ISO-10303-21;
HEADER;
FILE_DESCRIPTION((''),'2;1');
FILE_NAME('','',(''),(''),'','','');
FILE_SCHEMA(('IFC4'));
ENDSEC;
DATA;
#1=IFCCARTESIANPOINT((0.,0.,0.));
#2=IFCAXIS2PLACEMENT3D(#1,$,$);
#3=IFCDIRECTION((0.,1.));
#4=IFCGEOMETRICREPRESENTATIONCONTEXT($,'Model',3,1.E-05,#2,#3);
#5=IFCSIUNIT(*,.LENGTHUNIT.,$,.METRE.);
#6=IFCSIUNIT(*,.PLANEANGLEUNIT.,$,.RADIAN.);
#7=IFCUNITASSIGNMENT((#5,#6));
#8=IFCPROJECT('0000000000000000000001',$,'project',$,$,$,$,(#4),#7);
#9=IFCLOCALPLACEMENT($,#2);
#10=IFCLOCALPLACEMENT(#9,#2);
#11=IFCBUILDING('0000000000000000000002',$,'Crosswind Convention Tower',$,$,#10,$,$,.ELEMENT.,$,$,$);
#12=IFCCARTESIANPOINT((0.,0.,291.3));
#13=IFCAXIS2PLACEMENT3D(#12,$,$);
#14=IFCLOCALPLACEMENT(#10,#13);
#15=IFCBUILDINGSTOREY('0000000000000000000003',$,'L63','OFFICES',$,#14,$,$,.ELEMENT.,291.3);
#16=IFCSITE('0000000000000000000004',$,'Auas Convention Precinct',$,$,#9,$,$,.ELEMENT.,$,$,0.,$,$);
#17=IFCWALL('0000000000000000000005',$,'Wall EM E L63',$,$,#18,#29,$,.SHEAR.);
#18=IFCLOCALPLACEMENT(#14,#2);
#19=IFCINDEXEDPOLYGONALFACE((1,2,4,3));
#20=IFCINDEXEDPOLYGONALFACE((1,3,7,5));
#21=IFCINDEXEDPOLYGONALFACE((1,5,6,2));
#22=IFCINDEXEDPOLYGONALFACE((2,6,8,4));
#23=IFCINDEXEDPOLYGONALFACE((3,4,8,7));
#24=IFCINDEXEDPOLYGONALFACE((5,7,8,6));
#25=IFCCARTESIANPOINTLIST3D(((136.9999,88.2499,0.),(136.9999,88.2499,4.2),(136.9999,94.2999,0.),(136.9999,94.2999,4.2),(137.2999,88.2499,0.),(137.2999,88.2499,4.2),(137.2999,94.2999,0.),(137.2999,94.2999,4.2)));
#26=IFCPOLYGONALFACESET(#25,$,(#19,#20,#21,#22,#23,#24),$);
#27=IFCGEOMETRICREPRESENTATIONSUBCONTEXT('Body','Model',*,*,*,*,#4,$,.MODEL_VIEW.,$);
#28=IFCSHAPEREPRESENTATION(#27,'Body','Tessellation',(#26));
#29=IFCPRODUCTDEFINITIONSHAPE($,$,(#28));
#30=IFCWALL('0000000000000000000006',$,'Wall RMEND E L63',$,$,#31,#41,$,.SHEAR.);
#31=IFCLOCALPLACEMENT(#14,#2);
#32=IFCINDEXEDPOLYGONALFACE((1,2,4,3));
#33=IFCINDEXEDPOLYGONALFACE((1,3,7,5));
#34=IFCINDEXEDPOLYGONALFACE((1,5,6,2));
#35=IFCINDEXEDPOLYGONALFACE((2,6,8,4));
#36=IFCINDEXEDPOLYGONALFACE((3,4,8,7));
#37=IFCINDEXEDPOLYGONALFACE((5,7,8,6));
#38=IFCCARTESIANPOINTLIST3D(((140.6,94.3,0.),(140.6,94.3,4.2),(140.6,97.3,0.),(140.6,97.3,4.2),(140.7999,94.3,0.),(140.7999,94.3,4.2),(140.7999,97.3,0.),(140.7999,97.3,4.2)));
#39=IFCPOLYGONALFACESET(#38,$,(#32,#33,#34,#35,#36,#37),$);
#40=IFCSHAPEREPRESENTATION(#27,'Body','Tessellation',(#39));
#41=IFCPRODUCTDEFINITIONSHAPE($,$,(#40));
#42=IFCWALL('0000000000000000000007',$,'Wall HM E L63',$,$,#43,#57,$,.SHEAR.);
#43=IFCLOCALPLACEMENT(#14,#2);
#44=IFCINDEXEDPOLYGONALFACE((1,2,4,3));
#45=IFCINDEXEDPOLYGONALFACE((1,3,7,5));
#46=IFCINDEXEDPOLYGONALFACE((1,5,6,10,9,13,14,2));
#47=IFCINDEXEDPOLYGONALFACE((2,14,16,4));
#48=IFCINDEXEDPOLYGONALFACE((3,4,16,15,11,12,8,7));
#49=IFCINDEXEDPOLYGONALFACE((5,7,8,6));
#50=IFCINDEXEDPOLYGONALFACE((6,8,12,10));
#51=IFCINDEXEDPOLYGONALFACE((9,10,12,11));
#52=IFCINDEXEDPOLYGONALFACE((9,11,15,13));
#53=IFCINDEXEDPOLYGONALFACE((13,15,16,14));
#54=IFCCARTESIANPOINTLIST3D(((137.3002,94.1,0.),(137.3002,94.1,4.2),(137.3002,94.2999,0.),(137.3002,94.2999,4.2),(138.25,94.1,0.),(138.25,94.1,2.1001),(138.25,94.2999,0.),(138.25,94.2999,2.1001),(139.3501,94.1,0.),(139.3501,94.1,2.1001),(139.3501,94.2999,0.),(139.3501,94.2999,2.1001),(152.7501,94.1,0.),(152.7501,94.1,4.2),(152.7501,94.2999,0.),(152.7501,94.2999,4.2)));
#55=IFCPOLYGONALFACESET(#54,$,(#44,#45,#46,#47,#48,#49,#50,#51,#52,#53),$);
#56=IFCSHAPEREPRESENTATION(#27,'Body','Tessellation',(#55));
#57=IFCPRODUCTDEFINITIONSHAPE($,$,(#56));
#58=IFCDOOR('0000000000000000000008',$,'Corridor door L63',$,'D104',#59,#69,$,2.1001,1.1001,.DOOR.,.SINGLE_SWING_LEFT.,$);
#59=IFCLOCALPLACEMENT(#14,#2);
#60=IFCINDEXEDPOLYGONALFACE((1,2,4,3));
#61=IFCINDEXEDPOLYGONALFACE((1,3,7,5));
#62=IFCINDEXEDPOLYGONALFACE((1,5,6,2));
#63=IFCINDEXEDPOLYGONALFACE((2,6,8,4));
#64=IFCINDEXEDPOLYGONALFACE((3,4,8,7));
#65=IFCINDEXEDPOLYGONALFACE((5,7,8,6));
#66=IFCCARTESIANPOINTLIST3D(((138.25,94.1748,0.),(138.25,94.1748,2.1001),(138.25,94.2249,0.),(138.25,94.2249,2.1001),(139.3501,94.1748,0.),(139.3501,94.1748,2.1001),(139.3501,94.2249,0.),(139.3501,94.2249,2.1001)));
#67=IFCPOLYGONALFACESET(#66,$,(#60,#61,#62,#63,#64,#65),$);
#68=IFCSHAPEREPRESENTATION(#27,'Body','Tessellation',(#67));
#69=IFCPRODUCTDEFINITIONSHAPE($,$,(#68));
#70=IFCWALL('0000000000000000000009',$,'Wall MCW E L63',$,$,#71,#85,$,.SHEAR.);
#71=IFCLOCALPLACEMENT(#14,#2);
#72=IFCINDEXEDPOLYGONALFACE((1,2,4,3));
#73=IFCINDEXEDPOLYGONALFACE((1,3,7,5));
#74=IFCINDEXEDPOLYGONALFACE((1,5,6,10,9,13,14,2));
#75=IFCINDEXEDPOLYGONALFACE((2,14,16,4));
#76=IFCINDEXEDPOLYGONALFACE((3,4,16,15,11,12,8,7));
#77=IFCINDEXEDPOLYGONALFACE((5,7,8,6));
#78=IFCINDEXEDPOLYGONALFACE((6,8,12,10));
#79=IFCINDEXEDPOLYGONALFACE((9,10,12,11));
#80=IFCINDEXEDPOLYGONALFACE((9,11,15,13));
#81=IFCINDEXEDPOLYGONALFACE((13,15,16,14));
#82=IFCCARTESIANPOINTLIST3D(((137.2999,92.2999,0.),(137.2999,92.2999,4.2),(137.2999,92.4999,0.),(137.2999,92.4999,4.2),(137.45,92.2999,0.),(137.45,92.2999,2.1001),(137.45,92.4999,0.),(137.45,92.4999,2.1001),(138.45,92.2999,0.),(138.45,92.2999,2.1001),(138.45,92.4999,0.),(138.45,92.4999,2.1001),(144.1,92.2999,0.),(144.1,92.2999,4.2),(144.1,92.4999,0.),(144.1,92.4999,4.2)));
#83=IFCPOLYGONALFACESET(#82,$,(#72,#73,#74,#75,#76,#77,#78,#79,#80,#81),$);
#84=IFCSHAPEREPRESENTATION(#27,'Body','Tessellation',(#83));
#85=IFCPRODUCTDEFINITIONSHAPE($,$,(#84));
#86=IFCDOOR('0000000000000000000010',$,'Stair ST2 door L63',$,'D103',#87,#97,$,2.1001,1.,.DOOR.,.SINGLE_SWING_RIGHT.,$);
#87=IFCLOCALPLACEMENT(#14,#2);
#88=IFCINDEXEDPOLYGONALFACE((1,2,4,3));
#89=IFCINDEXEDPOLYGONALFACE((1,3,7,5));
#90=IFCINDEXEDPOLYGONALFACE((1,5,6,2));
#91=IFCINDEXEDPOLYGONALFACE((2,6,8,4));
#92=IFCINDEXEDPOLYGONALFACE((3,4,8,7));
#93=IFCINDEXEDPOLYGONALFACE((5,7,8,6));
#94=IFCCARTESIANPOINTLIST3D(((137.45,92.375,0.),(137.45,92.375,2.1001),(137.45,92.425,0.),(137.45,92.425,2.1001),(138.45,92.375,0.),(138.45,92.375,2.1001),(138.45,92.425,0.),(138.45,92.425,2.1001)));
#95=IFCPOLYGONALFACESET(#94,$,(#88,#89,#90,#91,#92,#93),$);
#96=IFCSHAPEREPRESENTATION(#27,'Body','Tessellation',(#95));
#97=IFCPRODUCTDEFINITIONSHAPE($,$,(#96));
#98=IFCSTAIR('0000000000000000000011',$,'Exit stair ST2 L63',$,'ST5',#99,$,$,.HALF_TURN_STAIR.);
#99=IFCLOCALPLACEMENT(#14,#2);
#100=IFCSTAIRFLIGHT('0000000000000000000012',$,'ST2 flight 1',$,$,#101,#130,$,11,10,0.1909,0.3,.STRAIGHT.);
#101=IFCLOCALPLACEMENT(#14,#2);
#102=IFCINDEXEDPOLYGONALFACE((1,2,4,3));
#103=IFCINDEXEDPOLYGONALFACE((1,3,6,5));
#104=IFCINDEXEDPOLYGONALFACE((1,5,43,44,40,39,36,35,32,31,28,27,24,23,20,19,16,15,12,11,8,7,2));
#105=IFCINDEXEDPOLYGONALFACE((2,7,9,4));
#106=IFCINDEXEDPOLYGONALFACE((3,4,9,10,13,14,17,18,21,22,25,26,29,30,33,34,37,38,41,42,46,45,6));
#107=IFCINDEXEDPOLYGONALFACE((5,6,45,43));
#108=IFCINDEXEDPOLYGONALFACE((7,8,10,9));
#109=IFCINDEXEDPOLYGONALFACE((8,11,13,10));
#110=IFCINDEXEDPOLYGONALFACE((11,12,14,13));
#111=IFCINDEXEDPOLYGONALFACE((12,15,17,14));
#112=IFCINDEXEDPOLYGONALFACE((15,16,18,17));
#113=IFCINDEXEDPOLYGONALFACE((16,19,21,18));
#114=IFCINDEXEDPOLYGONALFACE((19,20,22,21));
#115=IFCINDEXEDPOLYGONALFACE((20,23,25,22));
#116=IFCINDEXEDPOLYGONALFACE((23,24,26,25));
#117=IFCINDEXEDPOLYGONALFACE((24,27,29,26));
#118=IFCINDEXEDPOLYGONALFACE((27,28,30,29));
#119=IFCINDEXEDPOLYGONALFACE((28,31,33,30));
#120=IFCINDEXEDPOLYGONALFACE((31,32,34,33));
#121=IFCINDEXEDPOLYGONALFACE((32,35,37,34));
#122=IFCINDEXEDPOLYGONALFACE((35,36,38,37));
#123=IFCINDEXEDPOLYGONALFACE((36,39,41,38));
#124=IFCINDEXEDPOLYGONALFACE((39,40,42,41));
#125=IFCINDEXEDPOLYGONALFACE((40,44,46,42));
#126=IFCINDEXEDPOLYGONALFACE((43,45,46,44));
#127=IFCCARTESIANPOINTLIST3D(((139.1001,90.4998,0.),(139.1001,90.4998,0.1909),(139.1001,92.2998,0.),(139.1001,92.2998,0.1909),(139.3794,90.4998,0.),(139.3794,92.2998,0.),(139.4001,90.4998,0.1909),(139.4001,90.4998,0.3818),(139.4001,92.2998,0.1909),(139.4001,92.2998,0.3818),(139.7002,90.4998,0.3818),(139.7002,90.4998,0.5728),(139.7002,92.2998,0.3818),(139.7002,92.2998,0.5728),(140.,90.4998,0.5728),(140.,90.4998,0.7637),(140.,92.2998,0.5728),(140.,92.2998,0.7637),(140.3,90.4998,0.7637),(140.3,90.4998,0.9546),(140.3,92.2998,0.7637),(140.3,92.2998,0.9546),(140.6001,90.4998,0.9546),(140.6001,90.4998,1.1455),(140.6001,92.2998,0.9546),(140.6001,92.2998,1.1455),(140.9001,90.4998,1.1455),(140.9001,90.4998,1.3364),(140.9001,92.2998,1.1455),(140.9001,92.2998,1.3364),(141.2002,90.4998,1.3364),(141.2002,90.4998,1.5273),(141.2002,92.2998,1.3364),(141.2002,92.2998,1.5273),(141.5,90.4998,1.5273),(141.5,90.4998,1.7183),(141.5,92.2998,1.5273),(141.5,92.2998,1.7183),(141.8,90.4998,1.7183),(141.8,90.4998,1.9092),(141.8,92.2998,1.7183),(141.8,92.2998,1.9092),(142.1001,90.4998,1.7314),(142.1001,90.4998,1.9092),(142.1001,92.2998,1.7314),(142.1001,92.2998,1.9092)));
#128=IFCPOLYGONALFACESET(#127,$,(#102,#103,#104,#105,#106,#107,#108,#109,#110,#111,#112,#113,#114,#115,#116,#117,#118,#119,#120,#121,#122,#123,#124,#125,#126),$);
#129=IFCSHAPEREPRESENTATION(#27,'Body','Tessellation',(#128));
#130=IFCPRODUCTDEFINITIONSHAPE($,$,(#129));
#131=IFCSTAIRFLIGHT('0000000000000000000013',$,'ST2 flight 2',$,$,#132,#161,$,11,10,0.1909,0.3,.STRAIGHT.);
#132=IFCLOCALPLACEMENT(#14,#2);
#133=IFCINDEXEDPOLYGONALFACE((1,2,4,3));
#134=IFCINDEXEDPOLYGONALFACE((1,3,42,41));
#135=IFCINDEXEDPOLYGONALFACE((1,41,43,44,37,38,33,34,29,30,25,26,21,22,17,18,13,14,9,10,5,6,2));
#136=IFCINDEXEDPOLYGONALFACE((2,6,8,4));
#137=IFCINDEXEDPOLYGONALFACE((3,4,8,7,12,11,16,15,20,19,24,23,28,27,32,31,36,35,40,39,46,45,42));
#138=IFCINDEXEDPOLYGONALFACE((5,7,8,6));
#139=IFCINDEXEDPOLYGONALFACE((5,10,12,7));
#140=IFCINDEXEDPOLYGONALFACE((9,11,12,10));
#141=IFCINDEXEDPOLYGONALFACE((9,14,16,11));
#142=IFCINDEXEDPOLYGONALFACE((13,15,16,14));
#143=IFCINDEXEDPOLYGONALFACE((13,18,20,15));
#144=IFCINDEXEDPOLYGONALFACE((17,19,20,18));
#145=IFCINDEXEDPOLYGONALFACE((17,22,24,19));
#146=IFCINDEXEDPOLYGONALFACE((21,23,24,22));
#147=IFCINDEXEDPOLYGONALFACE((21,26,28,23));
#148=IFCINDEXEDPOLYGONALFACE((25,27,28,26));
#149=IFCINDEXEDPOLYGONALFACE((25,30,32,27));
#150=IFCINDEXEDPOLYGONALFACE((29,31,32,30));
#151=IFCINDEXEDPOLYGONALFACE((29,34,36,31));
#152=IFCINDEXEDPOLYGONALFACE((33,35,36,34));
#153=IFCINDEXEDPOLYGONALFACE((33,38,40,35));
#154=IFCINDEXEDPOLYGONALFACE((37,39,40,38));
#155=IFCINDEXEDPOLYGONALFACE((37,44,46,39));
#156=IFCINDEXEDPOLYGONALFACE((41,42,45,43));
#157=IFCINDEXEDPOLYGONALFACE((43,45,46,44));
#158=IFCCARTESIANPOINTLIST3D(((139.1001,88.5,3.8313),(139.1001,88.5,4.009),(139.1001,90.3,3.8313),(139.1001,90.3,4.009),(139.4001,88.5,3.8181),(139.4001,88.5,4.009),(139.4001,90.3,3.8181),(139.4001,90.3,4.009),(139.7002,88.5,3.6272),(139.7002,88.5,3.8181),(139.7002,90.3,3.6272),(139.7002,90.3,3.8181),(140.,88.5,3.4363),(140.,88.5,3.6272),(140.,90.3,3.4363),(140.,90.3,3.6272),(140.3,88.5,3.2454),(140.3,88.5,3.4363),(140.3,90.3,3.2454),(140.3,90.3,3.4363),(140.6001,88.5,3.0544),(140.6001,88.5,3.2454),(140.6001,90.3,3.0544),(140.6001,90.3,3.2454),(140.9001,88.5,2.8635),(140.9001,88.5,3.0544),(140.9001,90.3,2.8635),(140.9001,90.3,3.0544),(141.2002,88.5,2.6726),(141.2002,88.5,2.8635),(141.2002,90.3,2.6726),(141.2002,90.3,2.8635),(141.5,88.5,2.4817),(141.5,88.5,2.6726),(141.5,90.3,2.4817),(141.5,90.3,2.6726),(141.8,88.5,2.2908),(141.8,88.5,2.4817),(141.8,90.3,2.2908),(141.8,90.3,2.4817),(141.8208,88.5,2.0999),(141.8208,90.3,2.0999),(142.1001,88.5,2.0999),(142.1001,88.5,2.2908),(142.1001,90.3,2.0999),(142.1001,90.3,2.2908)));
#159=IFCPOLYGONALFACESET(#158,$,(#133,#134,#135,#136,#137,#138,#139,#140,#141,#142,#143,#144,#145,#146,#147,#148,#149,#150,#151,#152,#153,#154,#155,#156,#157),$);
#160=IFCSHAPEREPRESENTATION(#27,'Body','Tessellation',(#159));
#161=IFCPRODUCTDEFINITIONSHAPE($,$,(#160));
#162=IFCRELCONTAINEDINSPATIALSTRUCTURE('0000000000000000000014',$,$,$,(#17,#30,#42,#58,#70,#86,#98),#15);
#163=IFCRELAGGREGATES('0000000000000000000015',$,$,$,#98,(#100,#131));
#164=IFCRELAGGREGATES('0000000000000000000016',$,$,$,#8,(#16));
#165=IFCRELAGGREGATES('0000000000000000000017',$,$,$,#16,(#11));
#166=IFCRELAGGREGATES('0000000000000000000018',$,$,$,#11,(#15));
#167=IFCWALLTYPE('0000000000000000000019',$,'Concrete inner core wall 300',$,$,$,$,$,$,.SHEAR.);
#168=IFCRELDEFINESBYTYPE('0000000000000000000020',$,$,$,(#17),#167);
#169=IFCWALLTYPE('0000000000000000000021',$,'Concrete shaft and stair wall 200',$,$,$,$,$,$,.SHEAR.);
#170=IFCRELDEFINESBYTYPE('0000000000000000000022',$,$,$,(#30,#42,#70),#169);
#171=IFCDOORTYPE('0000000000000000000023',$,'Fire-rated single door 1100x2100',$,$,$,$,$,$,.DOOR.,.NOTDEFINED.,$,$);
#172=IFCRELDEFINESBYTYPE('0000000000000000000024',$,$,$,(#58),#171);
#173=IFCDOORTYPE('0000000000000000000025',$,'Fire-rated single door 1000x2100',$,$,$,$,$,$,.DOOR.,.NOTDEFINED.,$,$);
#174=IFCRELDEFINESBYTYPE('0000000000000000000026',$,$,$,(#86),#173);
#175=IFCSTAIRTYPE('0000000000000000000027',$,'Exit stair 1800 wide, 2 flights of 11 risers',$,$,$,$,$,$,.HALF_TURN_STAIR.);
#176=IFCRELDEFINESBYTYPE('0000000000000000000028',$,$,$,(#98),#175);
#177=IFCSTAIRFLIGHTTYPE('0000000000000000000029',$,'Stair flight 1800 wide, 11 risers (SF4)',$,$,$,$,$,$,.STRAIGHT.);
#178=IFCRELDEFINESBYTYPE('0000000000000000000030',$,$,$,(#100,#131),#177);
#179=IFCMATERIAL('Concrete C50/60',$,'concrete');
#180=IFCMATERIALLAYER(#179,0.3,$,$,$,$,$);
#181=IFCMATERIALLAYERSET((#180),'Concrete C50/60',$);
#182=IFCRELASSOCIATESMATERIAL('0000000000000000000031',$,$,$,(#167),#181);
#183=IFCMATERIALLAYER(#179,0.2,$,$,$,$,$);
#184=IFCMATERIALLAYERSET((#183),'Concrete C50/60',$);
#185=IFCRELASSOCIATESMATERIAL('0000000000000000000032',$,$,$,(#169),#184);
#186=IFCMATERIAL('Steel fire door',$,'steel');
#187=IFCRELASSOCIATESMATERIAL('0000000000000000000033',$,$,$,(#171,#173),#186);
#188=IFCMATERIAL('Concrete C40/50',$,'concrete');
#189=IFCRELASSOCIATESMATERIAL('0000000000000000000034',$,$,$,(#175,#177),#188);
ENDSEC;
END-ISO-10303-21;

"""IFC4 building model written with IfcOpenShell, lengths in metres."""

from ifc_helpers import new_model, si_unit, direction, frame, frame_2d, origin, place, context, subcontext, project, spatial, polyline, rectangle, outline, extrude, material, layer, layer_set, type_object, element, fill, aggregate, save


model = new_model("IFC4")

# Units and contexts
model_context = context("Model", 3, precision=1e-05, world=origin(), true_north=direction((0.0, 1.0)))
body_context = subcontext(model_context, "Body", "Model", "MODEL_VIEW")
ifc_project = project(units=[si_unit("LENGTHUNIT", "METRE"), si_unit("PLANEANGLEUNIT", "RADIAN")], contexts=[model_context])

# Site, building, storey
site_placement = place(None, origin())
site = spatial("IfcSite", under=ifc_project, at=site_placement, Name="Auas Convention Precinct", CompositionType="ELEMENT", RefElevation=0.0)
building_placement = place(site_placement, origin())
building = spatial("IfcBuilding", under=site, at=building_placement, Name="Crosswind Convention Tower", CompositionType="ELEMENT")
storey_placement = place(building_placement, frame((0.0, 0.0, 291.3)))
storey = spatial("IfcBuildingStorey", under=building, at=storey_placement, Name="L63", Description="OFFICES", CompositionType="ELEMENT", Elevation=291.3)

# Shared definitions
ifc_material_1 = material(Name="Concrete C50/60", Category="concrete")
ifc_layer_1 = layer(ifc_material_1, 0.3)
ifc_layer_set_1 = layer_set([ifc_layer_1], Name="Concrete C50/60")
wall_type_1 = type_object("IfcWallType", Name="Concrete inner core wall 300", PredefinedType="SHEAR", material=ifc_layer_set_1)

# Walls
wall_1_placement = place(storey_placement, frame((137.1499, 88.25, 0.0), z_axis=(0.0, 0.0, 1.0), x_axis=(0.0, 1.0, 0.0)))
element("IfcWall", 1, at=wall_1_placement, inside=storey, type_object=wall_type_1, Name="Wall EM E L63", PredefinedType="SHEAR", context=body_context, shape_type="SweptSolid", body=[
    extrude(rectangle(XDim=6.05, YDim=0.3, at=frame_2d((3.0249, 0.0))), origin(), (0.0, 0.0, 1.0), 4.2),
])
ifc_layer_2 = layer(ifc_material_1, 0.2)
ifc_layer_set_2 = layer_set([ifc_layer_2], Name="Concrete C50/60")
wall_type_2 = type_object("IfcWallType", Name="Concrete shaft and stair wall 200", PredefinedType="SHEAR", material=ifc_layer_set_2)
wall_2_placement = place(storey_placement, frame((140.7, 94.3, 0.0), z_axis=(0.0, 0.0, 1.0), x_axis=(0.0, 1.0, 0.0)))
element("IfcWall", 2, at=wall_2_placement, inside=storey, type_object=wall_type_2, Name="Wall RMEND E L63", PredefinedType="SHEAR", context=body_context, shape_type="SweptSolid", body=[
    extrude(rectangle(XDim=3.0, YDim=0.2, at=frame_2d((1.5, 0.0))), origin(), (0.0, 0.0, 1.0), 4.2),
])

# Walls, openings, doors
wall_3_placement = place(storey_placement, frame((137.3, 94.2, 0.0), z_axis=(0.0, 0.0, 1.0), x_axis=(1.0, 0.0, 0.0)))
wall_3 = element("IfcWall", 3, at=wall_3_placement, inside=storey, type_object=wall_type_2, Name="Wall HM E L63", PredefinedType="SHEAR", context=body_context, shape_type="SweptSolid", body=[
    extrude(rectangle(XDim=15.45, YDim=0.2, at=frame_2d((7.7251, 0.0))), origin(), (0.0, 0.0, 1.0), 4.2),
])
opening_1_placement = place(wall_3_placement, frame((0.95, 0.0, 0.0)))
opening_1 = element("IfcOpeningElement", 4, at=opening_1_placement, cuts=wall_3, PredefinedType="OPENING", context=body_context, shape_type="SweptSolid", body=[
    extrude(rectangle(XDim=1.1001, YDim=2.1001, at=frame_2d((0.55, 1.05))), frame((0.0, 0.1099, 0.0), z_axis=(0.0, -1.0, 0.0), x_axis=(1.0, 0.0, 0.0)), (0.0, 0.0, 1.0), 0.22),
])
ifc_material_2 = material(Name="Steel fire door", Category="steel")
door_type_1 = type_object("IfcDoorType", Name="Fire-rated single door 1100x2100", OperationType="NOTDEFINED", PredefinedType="DOOR", material=ifc_material_2)
door_1_placement = place(opening_1_placement, origin())
door_1 = element("IfcDoor", 5, at=door_1_placement, inside=storey, type_object=door_type_1, Name="Corridor door L63", ObjectType="D104", OperationType="SINGLE_SWING_LEFT", OverallHeight=2.1001, OverallWidth=1.1001, PredefinedType="DOOR", context=body_context, shape_type="SweptSolid", body=[
    extrude(rectangle(XDim=1.1001, YDim=2.1001, at=frame_2d((0.55, 1.05))), frame((0.0, 0.0249, 0.0), z_axis=(0.0, -1.0, 0.0), x_axis=(1.0, 0.0, 0.0)), (0.0, 0.0, 1.0), 0.05),
])
fill(opening_1, door_1)
wall_4_placement = place(storey_placement, frame((137.3, 92.3999, 0.0), z_axis=(0.0, 0.0, 1.0), x_axis=(1.0, 0.0, 0.0)))
wall_4 = element("IfcWall", 6, at=wall_4_placement, inside=storey, type_object=wall_type_2, Name="Wall MCW E L63", PredefinedType="SHEAR", context=body_context, shape_type="SweptSolid", body=[
    extrude(rectangle(XDim=6.8, YDim=0.2, at=frame_2d((3.3999, 0.0))), origin(), (0.0, 0.0, 1.0), 4.2),
])
opening_2_placement = place(wall_4_placement, frame((0.1499, 0.0, 0.0)))
opening_2 = element("IfcOpeningElement", 7, at=opening_2_placement, cuts=wall_4, PredefinedType="OPENING", context=body_context, shape_type="SweptSolid", body=[
    extrude(rectangle(XDim=1.0, YDim=2.1001, at=frame_2d((0.5, 1.05))), frame((0.0, 0.1099, 0.0), z_axis=(0.0, -1.0, 0.0), x_axis=(1.0, 0.0, 0.0)), (0.0, 0.0, 1.0), 0.22),
])
door_type_2 = type_object("IfcDoorType", Name="Fire-rated single door 1000x2100", OperationType="NOTDEFINED", PredefinedType="DOOR", material=ifc_material_2)
door_2_placement = place(opening_2_placement, frame((1.0, 0.0, 0.0), z_axis=(0.0, 0.0, 1.0), x_axis=(-1.0, 0.0, 0.0)))
door_2 = element("IfcDoor", 8, at=door_2_placement, inside=storey, type_object=door_type_2, Name="Stair ST2 door L63", ObjectType="D103", OperationType="SINGLE_SWING_RIGHT", OverallHeight=2.1001, OverallWidth=1.0, PredefinedType="DOOR", context=body_context, shape_type="SweptSolid", body=[
    extrude(rectangle(XDim=1.0, YDim=2.1001, at=frame_2d((0.5, 1.05))), frame((0.0, 0.0249, 0.0), z_axis=(0.0, -1.0, 0.0), x_axis=(1.0, 0.0, 0.0)), (0.0, 0.0, 1.0), 0.05),
])
fill(opening_2, door_2)

# Stair, stair flights
ifc_material_3 = material(Name="Concrete C40/50", Category="concrete")
stair_type = type_object("IfcStairType", Name="Exit stair 1800 wide, 2 flights of 11 risers", PredefinedType="HALF_TURN_STAIR", material=ifc_material_3)
stair_placement = place(storey_placement, origin())
stair = element("IfcStair", 9, at=stair_placement, inside=storey, type_object=stair_type, Name="Exit stair ST2 L63", ObjectType="ST5", PredefinedType="HALF_TURN_STAIR")
stair_flight_type = type_object("IfcStairFlightType", Name="Stair flight 1800 wide, 11 risers (SF4)", PredefinedType="STRAIGHT", material=ifc_material_3)
stair_flight_1_placement = place(storey_placement, frame((139.1001, 91.3999, 0.0), z_axis=(0.0, 0.0, 1.0), x_axis=(1.0, 0.0, 0.0)))
stair_flight_1 = element("IfcStairFlight", 10, at=stair_flight_1_placement, type_object=stair_flight_type, Name="ST2 flight 1", NumberOfRisers=11, NumberOfTreads=10, PredefinedType="STRAIGHT", RiserHeight=0.1909, TreadLength=0.3, context=body_context, shape_type="SweptSolid", body=[
    extrude(outline(polyline([(0.0, 0.0), (0.0, 0.1909), (0.3, 0.1909), (0.3, 0.3818), (0.6001, 0.3818), (0.6001, 0.5728), (0.8999, 0.5728), (0.8999, 0.7637), (1.2, 0.7637), (1.2, 0.9546), (1.5, 0.9546), (1.5, 1.1455), (1.8, 1.1455), (1.8, 1.3364), (2.1001, 1.3364), (2.1001, 1.5273), (2.3999, 1.5273), (2.3999, 1.7183), (2.7, 1.7183), (2.7, 1.9092), (3.0, 1.9092), (3.0, 2.1001), (3.0, 1.7314), (0.2793, 0.0), (0.0, 0.0)])), frame((0.0, 0.8999, 0.0), z_axis=(0.0, -1.0, 0.0), x_axis=(1.0, 0.0, 0.0)), (0.0, 0.0, 1.0), 1.8),
])
stair_flight_2_placement = place(storey_placement, frame((142.1001, 89.3999, 2.0999), z_axis=(0.0, 0.0, 1.0), x_axis=(-1.0, 0.0, 0.0)))
stair_flight_2 = element("IfcStairFlight", 11, at=stair_flight_2_placement, type_object=stair_flight_type, Name="ST2 flight 2", NumberOfRisers=11, NumberOfTreads=10, PredefinedType="STRAIGHT", RiserHeight=0.1909, TreadLength=0.3, context=body_context, shape_type="SweptSolid", body=[
    extrude(outline(polyline([(0.0, 0.0), (0.0, 0.1909), (0.3, 0.1909), (0.3, 0.3818), (0.6001, 0.3818), (0.6001, 0.5728), (0.8999, 0.5728), (0.8999, 0.7637), (1.2, 0.7637), (1.2, 0.9546), (1.5, 0.9546), (1.5, 1.1455), (1.8, 1.1455), (1.8, 1.3364), (2.1001, 1.3364), (2.1001, 1.5273), (2.3999, 1.5273), (2.3999, 1.7183), (2.7, 1.7183), (2.7, 1.9092), (3.0, 1.9092), (3.0, 2.1001), (3.0, 1.7314), (0.2793, 0.0), (0.0, 0.0)])), frame((0.0, 0.8999, 0.0), z_axis=(0.0, -1.0, 0.0), x_axis=(1.0, 0.0, 0.0)), (0.0, 0.0, 1.0), 1.8),
])
aggregate(stair, [stair_flight_1, stair_flight_2])

save(model, "model.ifc")
